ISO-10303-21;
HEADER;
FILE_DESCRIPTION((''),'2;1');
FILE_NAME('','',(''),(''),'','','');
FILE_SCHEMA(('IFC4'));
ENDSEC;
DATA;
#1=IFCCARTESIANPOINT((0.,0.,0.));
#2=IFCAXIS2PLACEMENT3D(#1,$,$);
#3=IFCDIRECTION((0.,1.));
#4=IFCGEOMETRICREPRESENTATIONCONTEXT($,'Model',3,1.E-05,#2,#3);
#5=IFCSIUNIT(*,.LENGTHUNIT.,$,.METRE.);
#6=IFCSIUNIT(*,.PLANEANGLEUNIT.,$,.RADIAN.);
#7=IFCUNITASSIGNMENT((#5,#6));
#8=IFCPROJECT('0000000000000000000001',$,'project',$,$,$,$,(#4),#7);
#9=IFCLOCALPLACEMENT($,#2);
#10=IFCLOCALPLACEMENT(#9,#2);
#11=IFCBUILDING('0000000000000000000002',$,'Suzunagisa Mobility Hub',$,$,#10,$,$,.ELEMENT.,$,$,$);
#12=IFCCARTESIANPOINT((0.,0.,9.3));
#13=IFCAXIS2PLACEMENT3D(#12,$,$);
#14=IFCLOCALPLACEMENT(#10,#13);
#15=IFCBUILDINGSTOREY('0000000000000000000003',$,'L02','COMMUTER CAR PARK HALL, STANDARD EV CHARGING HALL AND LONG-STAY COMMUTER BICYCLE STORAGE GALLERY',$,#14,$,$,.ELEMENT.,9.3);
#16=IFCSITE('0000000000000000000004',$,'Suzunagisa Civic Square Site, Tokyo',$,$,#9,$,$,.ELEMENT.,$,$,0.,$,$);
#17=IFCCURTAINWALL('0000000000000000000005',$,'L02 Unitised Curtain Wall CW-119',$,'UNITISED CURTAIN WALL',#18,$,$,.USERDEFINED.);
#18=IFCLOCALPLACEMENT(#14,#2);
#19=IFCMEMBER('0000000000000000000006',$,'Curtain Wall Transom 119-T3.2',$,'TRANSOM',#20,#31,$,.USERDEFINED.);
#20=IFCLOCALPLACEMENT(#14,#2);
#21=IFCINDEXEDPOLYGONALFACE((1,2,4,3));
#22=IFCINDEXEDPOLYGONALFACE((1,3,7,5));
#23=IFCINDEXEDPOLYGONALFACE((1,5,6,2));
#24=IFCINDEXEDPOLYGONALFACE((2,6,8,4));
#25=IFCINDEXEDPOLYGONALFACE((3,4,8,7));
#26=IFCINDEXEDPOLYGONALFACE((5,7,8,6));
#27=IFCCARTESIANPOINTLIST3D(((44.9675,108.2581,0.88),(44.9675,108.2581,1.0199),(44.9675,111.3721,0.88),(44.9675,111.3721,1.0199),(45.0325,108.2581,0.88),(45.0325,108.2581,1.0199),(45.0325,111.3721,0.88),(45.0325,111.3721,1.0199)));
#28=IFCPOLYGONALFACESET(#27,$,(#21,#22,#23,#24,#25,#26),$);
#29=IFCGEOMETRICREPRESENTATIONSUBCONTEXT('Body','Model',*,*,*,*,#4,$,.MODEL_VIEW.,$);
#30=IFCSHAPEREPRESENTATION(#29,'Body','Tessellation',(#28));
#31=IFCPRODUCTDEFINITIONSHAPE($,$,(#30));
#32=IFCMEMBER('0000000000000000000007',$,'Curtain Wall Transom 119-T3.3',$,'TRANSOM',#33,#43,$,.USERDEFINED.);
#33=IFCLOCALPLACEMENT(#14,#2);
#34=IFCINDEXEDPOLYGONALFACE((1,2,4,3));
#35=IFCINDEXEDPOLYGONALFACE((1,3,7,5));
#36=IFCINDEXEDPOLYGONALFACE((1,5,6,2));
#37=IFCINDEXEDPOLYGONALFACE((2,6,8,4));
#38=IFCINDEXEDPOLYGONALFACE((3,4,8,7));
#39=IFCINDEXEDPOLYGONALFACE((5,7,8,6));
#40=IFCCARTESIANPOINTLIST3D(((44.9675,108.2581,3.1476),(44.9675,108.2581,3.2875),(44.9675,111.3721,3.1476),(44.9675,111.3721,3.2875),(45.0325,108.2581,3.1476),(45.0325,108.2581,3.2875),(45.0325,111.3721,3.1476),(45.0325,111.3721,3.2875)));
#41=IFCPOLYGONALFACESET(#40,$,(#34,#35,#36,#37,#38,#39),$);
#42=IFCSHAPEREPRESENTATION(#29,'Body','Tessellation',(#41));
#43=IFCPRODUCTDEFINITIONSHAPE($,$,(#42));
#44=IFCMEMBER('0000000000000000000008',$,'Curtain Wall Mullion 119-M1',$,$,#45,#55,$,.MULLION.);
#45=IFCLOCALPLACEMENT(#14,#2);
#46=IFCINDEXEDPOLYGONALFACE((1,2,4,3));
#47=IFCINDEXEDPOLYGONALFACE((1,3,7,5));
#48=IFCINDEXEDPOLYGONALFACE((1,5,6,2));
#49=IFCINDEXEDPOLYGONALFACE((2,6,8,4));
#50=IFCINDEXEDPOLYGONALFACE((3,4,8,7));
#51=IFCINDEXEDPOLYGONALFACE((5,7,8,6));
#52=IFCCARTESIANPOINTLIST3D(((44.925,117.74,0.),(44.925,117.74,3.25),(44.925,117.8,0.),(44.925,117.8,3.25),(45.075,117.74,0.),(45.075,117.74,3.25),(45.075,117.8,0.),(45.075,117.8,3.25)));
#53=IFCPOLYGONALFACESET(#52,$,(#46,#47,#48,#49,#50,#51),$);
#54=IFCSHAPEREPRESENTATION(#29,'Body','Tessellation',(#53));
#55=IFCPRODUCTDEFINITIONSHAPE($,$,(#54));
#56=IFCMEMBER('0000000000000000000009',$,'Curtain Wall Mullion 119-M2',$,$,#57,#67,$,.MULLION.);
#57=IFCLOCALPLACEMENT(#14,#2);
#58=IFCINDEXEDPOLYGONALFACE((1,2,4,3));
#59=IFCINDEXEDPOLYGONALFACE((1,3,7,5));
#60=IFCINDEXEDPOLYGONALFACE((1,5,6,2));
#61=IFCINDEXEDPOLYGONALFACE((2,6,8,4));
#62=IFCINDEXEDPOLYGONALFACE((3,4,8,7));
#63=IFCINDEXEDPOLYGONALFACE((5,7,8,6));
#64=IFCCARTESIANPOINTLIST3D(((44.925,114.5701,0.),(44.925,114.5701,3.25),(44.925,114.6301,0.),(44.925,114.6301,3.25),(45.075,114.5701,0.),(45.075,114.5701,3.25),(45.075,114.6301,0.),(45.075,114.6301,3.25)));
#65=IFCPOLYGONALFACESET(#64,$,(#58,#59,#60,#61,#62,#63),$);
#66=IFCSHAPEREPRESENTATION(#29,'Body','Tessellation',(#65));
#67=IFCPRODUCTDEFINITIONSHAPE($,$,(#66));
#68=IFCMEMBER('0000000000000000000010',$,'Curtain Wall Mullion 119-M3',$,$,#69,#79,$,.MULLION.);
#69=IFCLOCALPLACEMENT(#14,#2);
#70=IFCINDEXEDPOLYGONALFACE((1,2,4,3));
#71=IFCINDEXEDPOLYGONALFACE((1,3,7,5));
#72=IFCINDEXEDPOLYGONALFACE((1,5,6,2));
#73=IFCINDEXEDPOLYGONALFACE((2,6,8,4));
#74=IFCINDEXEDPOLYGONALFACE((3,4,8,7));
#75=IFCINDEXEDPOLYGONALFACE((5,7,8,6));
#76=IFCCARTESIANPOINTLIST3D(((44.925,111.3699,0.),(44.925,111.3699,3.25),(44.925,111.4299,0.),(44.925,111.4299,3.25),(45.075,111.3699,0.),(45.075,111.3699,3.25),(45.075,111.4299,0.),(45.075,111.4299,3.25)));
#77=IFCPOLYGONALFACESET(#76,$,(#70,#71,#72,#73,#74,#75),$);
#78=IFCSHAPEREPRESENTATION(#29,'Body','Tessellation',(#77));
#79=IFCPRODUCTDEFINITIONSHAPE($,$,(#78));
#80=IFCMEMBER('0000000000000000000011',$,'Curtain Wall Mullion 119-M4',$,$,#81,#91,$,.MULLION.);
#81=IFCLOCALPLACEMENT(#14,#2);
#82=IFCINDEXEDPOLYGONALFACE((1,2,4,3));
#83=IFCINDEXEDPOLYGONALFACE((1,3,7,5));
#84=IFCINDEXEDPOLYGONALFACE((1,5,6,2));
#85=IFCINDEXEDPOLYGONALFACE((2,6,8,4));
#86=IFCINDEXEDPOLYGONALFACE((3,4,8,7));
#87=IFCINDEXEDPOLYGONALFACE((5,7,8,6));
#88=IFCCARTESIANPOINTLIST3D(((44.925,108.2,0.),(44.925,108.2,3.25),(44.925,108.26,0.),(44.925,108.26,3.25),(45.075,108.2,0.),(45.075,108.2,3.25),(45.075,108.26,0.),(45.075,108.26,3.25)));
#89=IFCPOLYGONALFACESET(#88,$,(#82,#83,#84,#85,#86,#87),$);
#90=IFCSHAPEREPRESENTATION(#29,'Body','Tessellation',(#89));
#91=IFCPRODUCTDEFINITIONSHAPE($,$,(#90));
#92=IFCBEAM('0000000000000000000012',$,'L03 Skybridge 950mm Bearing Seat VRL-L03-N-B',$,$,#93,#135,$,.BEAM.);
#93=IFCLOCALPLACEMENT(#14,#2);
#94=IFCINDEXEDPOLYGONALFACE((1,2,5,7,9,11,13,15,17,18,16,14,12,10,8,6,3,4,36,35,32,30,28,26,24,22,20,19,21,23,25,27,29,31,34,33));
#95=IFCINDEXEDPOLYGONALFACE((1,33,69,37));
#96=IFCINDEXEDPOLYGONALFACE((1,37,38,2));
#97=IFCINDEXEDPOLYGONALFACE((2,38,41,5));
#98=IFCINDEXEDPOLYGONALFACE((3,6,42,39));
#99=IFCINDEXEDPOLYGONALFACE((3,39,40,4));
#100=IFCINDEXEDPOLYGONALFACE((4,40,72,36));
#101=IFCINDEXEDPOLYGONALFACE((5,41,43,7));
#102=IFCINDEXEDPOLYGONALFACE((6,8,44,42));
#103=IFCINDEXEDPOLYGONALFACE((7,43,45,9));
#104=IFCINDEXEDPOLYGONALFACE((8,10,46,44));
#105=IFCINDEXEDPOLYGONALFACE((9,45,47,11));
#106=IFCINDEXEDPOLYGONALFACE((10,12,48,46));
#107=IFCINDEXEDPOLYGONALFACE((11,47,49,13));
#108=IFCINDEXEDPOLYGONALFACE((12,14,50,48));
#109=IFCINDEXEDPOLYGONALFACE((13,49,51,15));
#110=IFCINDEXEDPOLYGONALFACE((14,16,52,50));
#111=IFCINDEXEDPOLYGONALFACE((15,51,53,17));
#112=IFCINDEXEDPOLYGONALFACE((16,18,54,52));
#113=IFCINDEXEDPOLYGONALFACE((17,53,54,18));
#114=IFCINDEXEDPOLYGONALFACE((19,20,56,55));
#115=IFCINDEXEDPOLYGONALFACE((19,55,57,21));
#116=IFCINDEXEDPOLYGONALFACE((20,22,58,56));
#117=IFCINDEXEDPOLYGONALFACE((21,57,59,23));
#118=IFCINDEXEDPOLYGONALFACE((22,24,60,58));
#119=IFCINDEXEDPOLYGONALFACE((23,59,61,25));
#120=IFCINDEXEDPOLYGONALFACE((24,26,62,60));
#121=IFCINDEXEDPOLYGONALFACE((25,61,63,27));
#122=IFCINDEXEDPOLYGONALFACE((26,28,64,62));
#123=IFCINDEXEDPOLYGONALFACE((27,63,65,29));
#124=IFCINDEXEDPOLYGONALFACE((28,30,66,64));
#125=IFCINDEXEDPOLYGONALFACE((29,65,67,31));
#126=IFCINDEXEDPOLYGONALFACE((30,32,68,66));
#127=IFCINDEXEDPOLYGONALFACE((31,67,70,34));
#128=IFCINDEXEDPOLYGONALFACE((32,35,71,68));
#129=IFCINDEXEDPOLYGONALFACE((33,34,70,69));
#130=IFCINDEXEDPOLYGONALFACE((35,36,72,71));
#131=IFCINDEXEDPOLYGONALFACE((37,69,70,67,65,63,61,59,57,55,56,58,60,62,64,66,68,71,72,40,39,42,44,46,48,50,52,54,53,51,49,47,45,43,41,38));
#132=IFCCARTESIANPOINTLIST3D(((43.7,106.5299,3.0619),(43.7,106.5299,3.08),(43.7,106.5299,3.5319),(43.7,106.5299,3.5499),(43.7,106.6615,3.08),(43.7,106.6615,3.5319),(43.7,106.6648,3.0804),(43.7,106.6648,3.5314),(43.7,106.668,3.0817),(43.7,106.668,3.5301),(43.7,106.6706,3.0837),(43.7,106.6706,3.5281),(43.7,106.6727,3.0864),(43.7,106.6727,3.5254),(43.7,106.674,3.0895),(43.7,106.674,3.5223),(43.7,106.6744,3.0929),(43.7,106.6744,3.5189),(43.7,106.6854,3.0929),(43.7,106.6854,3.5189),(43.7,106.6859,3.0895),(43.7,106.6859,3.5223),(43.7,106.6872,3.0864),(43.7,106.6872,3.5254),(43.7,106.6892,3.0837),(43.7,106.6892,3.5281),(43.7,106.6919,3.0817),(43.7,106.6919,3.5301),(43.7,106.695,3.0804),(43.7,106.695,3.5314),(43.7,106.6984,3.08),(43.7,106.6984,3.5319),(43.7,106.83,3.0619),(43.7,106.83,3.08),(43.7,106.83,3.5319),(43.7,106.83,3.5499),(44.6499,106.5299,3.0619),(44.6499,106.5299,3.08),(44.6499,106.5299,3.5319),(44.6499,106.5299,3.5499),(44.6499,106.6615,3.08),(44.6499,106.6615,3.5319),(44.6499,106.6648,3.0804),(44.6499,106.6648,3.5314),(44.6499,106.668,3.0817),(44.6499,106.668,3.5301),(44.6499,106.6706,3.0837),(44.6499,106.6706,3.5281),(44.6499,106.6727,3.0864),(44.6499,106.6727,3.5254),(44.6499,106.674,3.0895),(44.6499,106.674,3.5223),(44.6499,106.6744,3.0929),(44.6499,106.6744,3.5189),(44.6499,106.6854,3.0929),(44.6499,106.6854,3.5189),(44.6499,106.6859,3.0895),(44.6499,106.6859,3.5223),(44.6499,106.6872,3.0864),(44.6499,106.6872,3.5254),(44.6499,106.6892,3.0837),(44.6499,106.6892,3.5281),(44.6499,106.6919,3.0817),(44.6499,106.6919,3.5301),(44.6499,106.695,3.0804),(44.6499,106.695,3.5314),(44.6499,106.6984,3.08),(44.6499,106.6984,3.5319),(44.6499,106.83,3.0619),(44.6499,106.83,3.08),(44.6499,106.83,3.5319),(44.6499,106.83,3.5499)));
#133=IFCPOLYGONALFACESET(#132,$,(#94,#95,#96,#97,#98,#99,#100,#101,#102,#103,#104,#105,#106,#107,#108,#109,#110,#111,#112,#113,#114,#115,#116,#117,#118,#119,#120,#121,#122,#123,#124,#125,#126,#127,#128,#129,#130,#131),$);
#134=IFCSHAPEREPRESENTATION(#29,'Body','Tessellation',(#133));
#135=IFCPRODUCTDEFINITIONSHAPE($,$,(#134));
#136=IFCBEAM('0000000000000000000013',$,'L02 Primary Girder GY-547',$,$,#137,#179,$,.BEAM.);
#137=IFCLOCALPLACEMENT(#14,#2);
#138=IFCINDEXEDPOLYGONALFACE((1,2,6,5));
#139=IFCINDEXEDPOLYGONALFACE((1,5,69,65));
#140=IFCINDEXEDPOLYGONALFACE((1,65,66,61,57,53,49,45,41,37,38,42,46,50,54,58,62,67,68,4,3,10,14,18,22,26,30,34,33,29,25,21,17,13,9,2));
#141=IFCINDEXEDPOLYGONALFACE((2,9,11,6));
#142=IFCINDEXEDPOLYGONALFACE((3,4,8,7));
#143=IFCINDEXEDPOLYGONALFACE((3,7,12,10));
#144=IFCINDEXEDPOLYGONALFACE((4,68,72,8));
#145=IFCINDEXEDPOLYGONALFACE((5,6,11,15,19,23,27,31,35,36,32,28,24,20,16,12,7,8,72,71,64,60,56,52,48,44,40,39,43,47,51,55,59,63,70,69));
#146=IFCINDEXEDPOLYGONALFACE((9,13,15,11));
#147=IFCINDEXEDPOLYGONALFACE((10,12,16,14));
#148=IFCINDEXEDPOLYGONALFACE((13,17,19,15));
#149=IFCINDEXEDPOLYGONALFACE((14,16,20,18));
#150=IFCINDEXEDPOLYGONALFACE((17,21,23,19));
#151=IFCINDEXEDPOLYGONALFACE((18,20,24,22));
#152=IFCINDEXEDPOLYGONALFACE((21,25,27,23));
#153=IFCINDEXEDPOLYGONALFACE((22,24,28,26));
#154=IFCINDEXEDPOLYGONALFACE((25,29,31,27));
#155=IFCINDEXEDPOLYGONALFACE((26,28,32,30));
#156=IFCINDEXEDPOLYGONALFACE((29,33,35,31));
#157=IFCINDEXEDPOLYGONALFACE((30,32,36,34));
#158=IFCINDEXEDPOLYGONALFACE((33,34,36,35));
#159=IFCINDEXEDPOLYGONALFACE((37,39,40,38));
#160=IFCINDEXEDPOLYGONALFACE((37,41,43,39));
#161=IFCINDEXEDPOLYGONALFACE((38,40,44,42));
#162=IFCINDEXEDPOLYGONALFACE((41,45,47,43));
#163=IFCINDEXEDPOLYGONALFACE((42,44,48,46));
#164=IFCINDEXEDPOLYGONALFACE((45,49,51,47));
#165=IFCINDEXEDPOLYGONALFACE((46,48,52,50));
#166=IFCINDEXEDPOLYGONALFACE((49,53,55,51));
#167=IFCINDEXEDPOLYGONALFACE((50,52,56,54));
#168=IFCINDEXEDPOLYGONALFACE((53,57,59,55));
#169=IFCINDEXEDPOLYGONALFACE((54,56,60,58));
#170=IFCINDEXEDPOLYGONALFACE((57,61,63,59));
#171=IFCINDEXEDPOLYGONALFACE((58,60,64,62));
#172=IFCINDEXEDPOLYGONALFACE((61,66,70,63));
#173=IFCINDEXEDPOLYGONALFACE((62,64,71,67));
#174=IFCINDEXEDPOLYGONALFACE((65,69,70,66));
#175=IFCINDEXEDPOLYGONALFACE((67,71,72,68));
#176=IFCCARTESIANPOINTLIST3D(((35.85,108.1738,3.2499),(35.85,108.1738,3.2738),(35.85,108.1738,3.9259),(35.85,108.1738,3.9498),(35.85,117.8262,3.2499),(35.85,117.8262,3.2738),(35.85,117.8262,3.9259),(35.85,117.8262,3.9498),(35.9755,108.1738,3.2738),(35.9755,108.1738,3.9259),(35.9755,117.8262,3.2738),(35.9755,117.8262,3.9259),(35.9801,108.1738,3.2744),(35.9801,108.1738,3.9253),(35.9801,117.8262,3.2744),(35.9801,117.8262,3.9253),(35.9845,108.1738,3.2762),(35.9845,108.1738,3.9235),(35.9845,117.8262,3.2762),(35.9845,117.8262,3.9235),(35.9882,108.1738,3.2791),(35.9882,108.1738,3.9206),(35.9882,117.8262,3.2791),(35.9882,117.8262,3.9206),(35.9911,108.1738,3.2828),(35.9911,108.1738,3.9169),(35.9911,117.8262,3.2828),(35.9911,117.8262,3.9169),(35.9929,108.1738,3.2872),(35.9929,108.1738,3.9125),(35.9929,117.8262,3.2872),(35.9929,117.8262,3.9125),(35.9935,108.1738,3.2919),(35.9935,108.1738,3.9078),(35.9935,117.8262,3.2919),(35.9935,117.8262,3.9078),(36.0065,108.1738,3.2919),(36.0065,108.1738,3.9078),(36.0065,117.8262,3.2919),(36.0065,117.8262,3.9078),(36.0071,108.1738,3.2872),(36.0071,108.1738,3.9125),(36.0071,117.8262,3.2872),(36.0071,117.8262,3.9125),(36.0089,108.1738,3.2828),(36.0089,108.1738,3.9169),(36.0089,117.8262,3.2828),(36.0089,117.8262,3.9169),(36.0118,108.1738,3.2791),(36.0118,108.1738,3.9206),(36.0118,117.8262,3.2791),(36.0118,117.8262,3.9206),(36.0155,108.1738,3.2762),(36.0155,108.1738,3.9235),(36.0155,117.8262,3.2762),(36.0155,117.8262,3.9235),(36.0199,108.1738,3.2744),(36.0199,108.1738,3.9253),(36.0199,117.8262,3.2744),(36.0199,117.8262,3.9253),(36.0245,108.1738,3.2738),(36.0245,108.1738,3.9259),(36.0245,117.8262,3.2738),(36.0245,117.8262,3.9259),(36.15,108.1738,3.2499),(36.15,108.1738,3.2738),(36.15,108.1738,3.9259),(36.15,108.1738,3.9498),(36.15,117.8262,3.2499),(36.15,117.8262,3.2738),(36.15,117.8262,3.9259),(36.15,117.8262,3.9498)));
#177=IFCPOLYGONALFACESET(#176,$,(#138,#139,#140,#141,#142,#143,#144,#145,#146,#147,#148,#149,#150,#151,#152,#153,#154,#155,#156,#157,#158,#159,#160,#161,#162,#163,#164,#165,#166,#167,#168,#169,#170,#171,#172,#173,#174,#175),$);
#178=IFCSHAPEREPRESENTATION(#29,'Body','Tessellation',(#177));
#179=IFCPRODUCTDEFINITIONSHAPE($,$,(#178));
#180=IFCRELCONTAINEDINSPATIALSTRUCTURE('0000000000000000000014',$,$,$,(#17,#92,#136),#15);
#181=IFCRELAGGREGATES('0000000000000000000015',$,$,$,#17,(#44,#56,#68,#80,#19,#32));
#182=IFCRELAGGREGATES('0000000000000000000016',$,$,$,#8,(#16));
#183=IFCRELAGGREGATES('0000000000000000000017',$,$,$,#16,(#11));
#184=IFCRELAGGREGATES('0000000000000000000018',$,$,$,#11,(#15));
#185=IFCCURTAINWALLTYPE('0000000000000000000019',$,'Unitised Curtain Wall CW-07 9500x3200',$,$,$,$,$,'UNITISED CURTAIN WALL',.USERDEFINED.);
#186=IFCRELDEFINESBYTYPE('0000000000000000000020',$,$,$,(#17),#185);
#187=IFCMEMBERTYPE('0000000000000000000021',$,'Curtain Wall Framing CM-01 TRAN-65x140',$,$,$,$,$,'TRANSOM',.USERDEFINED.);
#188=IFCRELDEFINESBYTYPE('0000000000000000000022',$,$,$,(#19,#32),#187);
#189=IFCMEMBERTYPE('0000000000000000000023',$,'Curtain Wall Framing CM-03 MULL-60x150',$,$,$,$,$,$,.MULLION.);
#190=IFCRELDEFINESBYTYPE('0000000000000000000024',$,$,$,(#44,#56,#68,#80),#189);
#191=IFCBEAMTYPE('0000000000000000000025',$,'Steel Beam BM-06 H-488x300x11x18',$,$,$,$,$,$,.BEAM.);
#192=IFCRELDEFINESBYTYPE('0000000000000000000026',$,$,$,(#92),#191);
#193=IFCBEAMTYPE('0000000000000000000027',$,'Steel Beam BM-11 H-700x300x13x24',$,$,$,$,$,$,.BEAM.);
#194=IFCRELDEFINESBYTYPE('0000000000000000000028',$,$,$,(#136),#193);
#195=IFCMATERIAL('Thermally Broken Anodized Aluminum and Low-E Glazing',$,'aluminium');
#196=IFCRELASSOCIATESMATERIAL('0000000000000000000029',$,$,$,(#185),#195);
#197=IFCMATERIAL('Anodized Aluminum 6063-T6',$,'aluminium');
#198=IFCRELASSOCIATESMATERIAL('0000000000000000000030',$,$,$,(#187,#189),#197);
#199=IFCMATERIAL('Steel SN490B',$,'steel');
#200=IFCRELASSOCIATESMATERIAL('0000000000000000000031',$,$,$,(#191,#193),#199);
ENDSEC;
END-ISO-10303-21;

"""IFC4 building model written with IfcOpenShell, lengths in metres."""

from ifc_helpers import new_model, si_unit, direction, frame, origin, origin_2d, place, context, subcontext, project, spatial, rectangle, i_section, extrude, material, material_profile, profile_set, type_object, element, aggregate, save


model = new_model("IFC4")

# Units and contexts
model_context = context("Model", 3, precision=1e-05, world=origin(), true_north=direction((0.0, 1.0)))
body_context = subcontext(model_context, "Body", "Model", "MODEL_VIEW")
ifc_project = project(units=[si_unit("LENGTHUNIT", "METRE"), si_unit("PLANEANGLEUNIT", "RADIAN")], contexts=[model_context])

# Site, building, storey
site_placement = place(None, origin())
site = spatial("IfcSite", under=ifc_project, at=site_placement, Name="Suzunagisa Civic Square Site, Tokyo", CompositionType="ELEMENT", RefElevation=0.0)
building_placement = place(site_placement, origin())
building = spatial("IfcBuilding", under=site, at=building_placement, Name="Suzunagisa Mobility Hub", CompositionType="ELEMENT")
storey_placement = place(building_placement, frame((0.0, 0.0, 9.3)))
storey = spatial("IfcBuildingStorey", under=building, at=storey_placement, Name="L02", Description="COMMUTER CAR PARK HALL, STANDARD EV CHARGING HALL AND LONG-STAY COMMUTER BICYCLE STORAGE GALLERY", CompositionType="ELEMENT", Elevation=9.3)

# Shared definitions
ifc_material_1 = material(Name="Steel SN490B", Category="steel")

# Curtain wall, members
ifc_material_2 = material(Name="Thermally Broken Anodized Aluminum and Low-E Glazing", Category="aluminium")
curtain_wall_type = type_object("IfcCurtainWallType", Name="Unitised Curtain Wall CW-07 9500x3200", ElementType="UNITISED CURTAIN WALL", PredefinedType="USERDEFINED", material=ifc_material_2)
curtain_wall_placement = place(storey_placement, origin())
curtain_wall = element("IfcCurtainWall", 1, at=curtain_wall_placement, inside=storey, type_object=curtain_wall_type, Name="L02 Unitised Curtain Wall CW-119", ObjectType="UNITISED CURTAIN WALL", PredefinedType="USERDEFINED")
ifc_material_3 = material(Name="Anodized Aluminum 6063-T6", Category="aluminium")
ifc_material_profile_1 = material_profile(ifc_material_3, rectangle(XDim=0.0649, YDim=0.1399, at=origin_2d()), Name="TRAN-65x140")
ifc_profile_set_1 = profile_set([ifc_material_profile_1], Name="Anodized Aluminum 6063-T6")
member_type_1 = type_object("IfcMemberType", Name="Curtain Wall Framing CM-01 TRAN-65x140", ElementType="TRANSOM", PredefinedType="USERDEFINED", material=ifc_profile_set_1)
member_1_placement = place(storey_placement, frame((45.0, 111.3721, 0.95), z_axis=(0.0, -1.0, 0.0), x_axis=(1.0, 0.0, 0.0)))
member_1 = element("IfcMember", 2, at=member_1_placement, type_object=member_type_1, Name="Curtain Wall Transom 119-T3.2", ObjectType="TRANSOM", PredefinedType="USERDEFINED", context=body_context, shape_type="SweptSolid", body=[
    extrude(rectangle(XDim=0.0649, YDim=0.1399, at=origin_2d()), origin(), (0.0, 0.0, 1.0), 3.114),
])
member_2_placement = place(storey_placement, frame((45.0, 111.3721, 3.2175), z_axis=(0.0, -1.0, 0.0), x_axis=(1.0, 0.0, 0.0)))
member_2 = element("IfcMember", 3, at=member_2_placement, type_object=member_type_1, Name="Curtain Wall Transom 119-T3.3", ObjectType="TRANSOM", PredefinedType="USERDEFINED", context=body_context, shape_type="SweptSolid", body=[
    extrude(rectangle(XDim=0.0649, YDim=0.1399, at=origin_2d()), origin(), (0.0, 0.0, 1.0), 3.114),
])
ifc_material_profile_2 = material_profile(ifc_material_3, rectangle(XDim=0.0601, YDim=0.1499, at=origin_2d()), Name="MULL-60x150")
ifc_profile_set_2 = profile_set([ifc_material_profile_2], Name="Anodized Aluminum 6063-T6")
member_type_2 = type_object("IfcMemberType", Name="Curtain Wall Framing CM-03 MULL-60x150", PredefinedType="MULLION", material=ifc_profile_set_2)
member_3_placement = place(storey_placement, frame((45.0, 117.77, 0.0), z_axis=(0.0, 0.0, 1.0), x_axis=(0.0, -1.0, 0.0)))
member_3 = element("IfcMember", 4, at=member_3_placement, type_object=member_type_2, Name="Curtain Wall Mullion 119-M1", PredefinedType="MULLION", context=body_context, shape_type="SweptSolid", body=[
    extrude(rectangle(XDim=0.0601, YDim=0.1499, at=origin_2d()), origin(), (0.0, 0.0, 1.0), 3.25),
])
member_4_placement = place(storey_placement, frame((45.0, 114.6001, 0.0), z_axis=(0.0, 0.0, 1.0), x_axis=(0.0, -1.0, 0.0)))
member_4 = element("IfcMember", 5, at=member_4_placement, type_object=member_type_2, Name="Curtain Wall Mullion 119-M2", PredefinedType="MULLION", context=body_context, shape_type="SweptSolid", body=[
    extrude(rectangle(XDim=0.0601, YDim=0.1499, at=origin_2d()), origin(), (0.0, 0.0, 1.0), 3.25),
])
member_5_placement = place(storey_placement, frame((45.0, 111.3999, 0.0), z_axis=(0.0, 0.0, 1.0), x_axis=(0.0, -1.0, 0.0)))
member_5 = element("IfcMember", 6, at=member_5_placement, type_object=member_type_2, Name="Curtain Wall Mullion 119-M3", PredefinedType="MULLION", context=body_context, shape_type="SweptSolid", body=[
    extrude(rectangle(XDim=0.0601, YDim=0.1499, at=origin_2d()), origin(), (0.0, 0.0, 1.0), 3.25),
])
member_6_placement = place(storey_placement, frame((45.0, 108.23, 0.0), z_axis=(0.0, 0.0, 1.0), x_axis=(0.0, -1.0, 0.0)))
member_6 = element("IfcMember", 7, at=member_6_placement, type_object=member_type_2, Name="Curtain Wall Mullion 119-M4", PredefinedType="MULLION", context=body_context, shape_type="SweptSolid", body=[
    extrude(rectangle(XDim=0.0601, YDim=0.1499, at=origin_2d()), origin(), (0.0, 0.0, 1.0), 3.25),
])

# Beams
ifc_material_profile_3 = material_profile(ifc_material_1, i_section(OverallWidth=0.3, OverallDepth=0.488, WebThickness=0.011, FlangeThickness=0.0181, FilletRadius=0.0129, at=origin_2d()), Name="H-488x300x11x18")
ifc_profile_set_3 = profile_set([ifc_material_profile_3], Name="Steel SN490B")
beam_type_1 = type_object("IfcBeamType", Name="Steel Beam BM-06 H-488x300x11x18", PredefinedType="BEAM", material=ifc_profile_set_3)
beam_1_placement = place(storey_placement, frame((43.7, 106.6799, 3.3059), z_axis=(1.0, 0.0, 0.0), x_axis=(0.0, 1.0, 0.0)))
element("IfcBeam", 8, at=beam_1_placement, inside=storey, type_object=beam_type_1, Name="L03 Skybridge 950mm Bearing Seat VRL-L03-N-B", PredefinedType="BEAM", context=body_context, shape_type="SweptSolid", body=[
    extrude(i_section(OverallWidth=0.3, OverallDepth=0.488, WebThickness=0.011, FlangeThickness=0.0181, FilletRadius=0.0129, at=origin_2d()), origin(), (0.0, 0.0, 1.0), 0.95),
])
ifc_material_profile_4 = material_profile(ifc_material_1, i_section(OverallWidth=0.3, OverallDepth=0.7, WebThickness=0.0129, FlangeThickness=0.0239, FilletRadius=0.0181, at=origin_2d()), Name="H-700x300x13x24")
ifc_profile_set_4 = profile_set([ifc_material_profile_4], Name="Steel SN490B")
beam_type_2 = type_object("IfcBeamType", Name="Steel Beam BM-11 H-700x300x13x24", PredefinedType="BEAM", material=ifc_profile_set_4)
beam_2_placement = place(storey_placement, frame((36.0, 108.1738, 3.5999), z_axis=(0.0, 1.0, 0.0), x_axis=(-1.0, 0.0, 0.0)))
element("IfcBeam", 9, at=beam_2_placement, inside=storey, type_object=beam_type_2, Name="L02 Primary Girder GY-547", PredefinedType="BEAM", context=body_context, shape_type="SweptSolid", body=[
    extrude(i_section(OverallWidth=0.3, OverallDepth=0.7, WebThickness=0.0129, FlangeThickness=0.0239, FilletRadius=0.0181, at=origin_2d()), origin(), (0.0, 0.0, 1.0), 9.6523),
])

aggregate(curtain_wall, [member_3, member_4, member_5, member_6, member_1, member_2])

save(model, "model.ifc")
